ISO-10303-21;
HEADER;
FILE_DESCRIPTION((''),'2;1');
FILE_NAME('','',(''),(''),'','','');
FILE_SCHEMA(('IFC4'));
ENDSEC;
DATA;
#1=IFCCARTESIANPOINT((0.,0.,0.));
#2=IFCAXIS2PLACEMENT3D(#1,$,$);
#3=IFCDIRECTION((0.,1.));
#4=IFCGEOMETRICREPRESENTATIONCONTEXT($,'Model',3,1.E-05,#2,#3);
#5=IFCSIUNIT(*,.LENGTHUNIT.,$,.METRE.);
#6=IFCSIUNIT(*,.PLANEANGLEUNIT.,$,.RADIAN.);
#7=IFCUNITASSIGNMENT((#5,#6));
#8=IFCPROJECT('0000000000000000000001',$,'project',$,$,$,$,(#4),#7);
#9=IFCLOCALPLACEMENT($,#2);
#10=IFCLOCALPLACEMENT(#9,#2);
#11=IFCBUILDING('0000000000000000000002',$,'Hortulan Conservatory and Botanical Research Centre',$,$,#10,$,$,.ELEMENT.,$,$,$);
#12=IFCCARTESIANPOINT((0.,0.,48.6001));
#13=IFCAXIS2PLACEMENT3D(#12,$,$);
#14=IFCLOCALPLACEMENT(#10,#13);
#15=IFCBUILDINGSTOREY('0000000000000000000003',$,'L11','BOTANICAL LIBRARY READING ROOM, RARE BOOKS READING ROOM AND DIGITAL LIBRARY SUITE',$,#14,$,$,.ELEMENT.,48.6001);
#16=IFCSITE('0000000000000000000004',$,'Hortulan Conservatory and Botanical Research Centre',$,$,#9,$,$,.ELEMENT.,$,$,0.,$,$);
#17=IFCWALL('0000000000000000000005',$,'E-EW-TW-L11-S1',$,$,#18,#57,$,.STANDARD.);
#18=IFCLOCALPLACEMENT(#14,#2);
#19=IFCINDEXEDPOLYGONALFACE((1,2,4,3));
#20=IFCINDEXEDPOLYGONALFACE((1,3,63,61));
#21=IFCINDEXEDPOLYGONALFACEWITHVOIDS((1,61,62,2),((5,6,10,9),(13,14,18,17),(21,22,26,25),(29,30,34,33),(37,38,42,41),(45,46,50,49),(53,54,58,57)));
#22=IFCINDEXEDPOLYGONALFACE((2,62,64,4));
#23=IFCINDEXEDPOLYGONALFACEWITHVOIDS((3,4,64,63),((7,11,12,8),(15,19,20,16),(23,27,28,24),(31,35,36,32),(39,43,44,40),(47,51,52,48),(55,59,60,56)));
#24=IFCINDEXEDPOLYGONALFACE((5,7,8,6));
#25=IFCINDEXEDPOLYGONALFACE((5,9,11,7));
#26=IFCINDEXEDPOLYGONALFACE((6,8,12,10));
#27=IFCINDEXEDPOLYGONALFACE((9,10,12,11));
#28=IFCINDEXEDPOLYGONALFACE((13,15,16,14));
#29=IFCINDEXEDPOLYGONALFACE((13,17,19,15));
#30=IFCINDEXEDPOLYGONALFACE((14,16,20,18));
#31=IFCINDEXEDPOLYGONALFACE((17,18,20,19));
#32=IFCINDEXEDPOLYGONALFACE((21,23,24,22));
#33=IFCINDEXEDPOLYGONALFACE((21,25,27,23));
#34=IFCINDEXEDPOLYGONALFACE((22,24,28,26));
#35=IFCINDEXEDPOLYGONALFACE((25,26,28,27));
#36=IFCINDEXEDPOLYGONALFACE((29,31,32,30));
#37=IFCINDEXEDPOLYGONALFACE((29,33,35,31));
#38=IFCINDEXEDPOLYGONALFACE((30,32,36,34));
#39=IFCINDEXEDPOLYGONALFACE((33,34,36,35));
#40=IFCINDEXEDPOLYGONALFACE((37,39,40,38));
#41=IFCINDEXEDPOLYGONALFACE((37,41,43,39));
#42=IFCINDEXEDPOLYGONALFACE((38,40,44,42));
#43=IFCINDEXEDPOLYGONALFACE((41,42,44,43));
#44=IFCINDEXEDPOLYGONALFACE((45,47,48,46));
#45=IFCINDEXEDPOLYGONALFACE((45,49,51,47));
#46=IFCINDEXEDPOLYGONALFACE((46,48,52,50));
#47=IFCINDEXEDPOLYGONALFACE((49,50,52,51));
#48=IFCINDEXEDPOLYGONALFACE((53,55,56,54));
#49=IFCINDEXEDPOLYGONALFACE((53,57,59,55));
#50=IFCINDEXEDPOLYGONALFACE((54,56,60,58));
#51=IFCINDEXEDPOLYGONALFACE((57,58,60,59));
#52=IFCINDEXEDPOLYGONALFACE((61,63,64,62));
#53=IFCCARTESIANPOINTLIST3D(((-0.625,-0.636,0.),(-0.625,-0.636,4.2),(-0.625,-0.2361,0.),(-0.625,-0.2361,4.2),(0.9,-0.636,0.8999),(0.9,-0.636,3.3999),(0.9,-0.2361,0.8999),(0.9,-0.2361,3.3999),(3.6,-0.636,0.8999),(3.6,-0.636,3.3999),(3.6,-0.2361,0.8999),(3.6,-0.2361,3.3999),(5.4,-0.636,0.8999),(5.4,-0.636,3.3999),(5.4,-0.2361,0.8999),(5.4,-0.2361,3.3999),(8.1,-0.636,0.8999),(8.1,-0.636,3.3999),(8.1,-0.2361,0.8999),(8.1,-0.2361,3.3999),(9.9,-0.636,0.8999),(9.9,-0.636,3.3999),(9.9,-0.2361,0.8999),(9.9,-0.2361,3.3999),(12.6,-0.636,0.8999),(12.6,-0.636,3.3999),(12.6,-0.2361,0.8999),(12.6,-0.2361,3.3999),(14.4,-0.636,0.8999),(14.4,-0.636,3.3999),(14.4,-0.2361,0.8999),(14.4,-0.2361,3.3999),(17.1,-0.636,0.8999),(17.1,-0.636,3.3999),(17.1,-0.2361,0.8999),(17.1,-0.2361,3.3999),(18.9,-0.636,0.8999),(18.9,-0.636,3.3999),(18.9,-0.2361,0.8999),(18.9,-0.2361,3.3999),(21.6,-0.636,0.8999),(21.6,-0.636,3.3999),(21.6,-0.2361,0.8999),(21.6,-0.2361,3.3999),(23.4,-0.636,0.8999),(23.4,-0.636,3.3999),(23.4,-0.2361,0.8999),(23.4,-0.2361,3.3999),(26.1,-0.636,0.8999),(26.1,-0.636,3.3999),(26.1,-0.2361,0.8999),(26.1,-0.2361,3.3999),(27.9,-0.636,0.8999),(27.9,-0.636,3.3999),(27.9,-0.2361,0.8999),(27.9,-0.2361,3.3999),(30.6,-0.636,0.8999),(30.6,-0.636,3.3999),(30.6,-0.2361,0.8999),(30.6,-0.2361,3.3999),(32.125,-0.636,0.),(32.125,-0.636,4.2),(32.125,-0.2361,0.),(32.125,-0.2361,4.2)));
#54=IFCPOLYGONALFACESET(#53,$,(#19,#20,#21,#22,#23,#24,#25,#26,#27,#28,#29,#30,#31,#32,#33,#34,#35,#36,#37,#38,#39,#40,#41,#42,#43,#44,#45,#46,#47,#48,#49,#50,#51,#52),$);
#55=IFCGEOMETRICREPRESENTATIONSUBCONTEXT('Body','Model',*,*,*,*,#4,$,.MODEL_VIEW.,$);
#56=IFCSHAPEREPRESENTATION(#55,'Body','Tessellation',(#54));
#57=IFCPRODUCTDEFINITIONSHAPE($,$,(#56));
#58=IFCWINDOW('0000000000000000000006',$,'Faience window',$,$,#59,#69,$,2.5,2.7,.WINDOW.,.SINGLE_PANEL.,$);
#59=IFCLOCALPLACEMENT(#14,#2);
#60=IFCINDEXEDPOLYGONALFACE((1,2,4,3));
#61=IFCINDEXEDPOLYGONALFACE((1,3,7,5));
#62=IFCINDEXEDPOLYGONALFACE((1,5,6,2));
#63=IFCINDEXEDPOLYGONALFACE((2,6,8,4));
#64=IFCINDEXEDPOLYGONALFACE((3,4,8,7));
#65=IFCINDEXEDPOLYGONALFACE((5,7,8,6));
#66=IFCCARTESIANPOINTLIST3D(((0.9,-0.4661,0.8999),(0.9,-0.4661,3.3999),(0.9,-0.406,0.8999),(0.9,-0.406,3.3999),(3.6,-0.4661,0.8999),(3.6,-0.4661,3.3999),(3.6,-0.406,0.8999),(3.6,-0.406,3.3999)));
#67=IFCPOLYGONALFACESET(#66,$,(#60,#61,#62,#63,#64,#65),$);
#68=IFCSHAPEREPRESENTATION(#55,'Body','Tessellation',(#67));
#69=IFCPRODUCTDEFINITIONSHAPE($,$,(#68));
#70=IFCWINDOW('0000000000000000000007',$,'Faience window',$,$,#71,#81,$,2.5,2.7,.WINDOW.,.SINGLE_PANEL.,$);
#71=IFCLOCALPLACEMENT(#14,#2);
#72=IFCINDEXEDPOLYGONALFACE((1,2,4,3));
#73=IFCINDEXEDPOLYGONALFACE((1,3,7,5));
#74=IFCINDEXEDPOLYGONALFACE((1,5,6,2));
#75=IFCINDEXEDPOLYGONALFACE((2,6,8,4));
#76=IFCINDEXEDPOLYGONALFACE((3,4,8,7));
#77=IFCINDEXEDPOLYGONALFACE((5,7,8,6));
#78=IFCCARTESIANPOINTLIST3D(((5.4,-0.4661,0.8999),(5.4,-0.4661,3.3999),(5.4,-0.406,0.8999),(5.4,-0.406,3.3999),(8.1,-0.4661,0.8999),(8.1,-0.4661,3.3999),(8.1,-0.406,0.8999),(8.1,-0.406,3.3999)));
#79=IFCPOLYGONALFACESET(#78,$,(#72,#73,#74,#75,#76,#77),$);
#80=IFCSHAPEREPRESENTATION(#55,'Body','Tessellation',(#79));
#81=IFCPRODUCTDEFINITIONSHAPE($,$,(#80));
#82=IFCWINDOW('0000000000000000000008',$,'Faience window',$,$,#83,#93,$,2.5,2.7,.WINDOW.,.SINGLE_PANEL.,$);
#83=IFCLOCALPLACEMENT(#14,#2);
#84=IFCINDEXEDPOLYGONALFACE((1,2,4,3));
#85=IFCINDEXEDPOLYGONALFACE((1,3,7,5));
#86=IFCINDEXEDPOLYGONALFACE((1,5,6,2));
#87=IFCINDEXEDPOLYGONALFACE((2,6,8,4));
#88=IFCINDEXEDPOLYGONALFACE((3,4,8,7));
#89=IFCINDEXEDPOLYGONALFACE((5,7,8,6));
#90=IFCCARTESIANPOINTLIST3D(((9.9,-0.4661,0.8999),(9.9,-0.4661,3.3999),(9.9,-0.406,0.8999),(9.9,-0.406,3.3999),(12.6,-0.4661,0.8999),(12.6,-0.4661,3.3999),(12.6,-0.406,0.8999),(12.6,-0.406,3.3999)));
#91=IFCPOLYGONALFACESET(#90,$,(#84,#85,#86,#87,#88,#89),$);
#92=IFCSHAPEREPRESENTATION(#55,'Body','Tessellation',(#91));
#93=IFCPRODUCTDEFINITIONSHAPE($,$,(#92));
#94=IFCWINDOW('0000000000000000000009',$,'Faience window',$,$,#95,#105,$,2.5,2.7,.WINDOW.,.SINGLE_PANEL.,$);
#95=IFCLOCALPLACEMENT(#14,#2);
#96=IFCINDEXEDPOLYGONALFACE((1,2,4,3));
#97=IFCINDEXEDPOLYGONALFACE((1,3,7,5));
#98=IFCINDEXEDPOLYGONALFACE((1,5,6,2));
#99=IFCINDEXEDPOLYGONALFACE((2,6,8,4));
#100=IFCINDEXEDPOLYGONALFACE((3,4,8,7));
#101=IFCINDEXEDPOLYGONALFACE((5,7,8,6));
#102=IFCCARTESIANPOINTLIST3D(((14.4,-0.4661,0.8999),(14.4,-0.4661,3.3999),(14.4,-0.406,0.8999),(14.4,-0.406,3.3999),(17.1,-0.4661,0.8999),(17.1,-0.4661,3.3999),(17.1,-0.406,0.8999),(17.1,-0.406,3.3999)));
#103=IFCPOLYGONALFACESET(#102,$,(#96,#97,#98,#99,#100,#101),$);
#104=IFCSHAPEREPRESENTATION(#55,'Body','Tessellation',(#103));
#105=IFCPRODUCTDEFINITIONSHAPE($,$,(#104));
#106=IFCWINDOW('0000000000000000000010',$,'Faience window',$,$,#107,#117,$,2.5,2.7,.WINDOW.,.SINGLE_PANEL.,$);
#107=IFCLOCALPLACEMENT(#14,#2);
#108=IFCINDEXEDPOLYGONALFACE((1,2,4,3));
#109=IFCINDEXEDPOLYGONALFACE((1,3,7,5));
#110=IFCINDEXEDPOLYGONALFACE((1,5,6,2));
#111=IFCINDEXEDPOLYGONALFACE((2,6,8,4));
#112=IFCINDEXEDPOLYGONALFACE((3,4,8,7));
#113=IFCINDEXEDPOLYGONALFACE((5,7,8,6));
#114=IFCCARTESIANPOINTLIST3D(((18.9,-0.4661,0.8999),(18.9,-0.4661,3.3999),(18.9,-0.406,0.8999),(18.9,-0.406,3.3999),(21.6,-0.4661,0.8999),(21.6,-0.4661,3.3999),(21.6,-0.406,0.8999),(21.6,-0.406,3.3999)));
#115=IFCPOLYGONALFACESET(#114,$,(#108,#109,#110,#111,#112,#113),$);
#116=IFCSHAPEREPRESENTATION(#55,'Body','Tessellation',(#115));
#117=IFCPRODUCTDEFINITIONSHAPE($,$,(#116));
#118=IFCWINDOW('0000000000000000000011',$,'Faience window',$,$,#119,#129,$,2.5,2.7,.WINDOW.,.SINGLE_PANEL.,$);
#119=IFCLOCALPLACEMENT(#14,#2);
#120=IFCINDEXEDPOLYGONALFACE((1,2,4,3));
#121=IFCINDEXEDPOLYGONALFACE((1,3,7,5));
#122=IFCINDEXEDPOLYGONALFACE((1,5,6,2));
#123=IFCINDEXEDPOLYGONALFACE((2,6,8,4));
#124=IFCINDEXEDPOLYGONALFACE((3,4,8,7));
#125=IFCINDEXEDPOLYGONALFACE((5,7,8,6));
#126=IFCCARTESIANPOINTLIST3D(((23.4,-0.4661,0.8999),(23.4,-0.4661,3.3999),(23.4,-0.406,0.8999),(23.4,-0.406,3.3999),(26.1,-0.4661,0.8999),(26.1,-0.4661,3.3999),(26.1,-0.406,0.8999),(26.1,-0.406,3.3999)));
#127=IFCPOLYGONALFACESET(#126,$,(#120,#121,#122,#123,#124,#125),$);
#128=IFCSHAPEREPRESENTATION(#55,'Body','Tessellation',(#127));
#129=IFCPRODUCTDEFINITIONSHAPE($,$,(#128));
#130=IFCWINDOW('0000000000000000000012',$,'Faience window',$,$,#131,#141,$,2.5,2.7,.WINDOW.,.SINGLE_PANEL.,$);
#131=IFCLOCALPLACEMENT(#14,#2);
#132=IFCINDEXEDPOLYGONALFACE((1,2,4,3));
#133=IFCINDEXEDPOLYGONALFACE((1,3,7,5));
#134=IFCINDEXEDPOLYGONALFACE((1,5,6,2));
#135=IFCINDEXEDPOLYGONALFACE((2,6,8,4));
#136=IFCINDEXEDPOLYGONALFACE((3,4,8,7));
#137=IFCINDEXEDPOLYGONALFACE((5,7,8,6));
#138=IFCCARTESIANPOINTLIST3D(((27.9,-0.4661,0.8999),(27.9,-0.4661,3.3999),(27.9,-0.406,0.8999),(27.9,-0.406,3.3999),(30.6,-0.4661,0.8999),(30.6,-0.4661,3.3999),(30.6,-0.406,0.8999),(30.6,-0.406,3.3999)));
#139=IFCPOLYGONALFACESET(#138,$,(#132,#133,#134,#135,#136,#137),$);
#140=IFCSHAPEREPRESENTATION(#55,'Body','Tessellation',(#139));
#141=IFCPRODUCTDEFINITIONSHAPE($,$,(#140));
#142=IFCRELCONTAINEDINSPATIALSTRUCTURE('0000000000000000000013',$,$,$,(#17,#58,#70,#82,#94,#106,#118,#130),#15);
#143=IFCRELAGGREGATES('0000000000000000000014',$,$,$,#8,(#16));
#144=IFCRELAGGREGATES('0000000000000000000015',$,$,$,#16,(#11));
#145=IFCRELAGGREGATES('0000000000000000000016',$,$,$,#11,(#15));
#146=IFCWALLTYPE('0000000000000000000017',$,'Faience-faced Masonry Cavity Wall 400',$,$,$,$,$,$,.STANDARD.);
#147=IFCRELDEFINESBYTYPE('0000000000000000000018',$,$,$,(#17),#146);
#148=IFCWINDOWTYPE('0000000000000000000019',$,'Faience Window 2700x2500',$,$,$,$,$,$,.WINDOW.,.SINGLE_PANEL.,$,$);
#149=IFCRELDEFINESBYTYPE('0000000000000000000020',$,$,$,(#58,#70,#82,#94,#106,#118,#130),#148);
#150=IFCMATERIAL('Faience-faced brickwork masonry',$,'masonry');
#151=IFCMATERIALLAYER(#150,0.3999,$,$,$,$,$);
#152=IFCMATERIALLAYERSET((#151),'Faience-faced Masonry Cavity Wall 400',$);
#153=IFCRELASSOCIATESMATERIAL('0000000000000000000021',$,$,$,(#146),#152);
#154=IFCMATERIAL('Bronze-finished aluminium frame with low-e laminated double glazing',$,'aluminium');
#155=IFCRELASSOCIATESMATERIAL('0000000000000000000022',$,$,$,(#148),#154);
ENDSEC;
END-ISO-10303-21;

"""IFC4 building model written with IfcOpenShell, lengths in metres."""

from ifc_helpers import new_model, si_unit, direction, frame, frame_2d, origin, place, context, subcontext, project, spatial, rectangle, extrude, material, layer, layer_set, type_object, element, fill, save


model = new_model("IFC4")

# Units and contexts
model_context = context("Model", 3, precision=1e-05, world=origin(), true_north=direction((0.0, 1.0)))
body_context = subcontext(model_context, "Body", "Model", "MODEL_VIEW")
ifc_project = project(units=[si_unit("LENGTHUNIT", "METRE"), si_unit("PLANEANGLEUNIT", "RADIAN")], contexts=[model_context])

# Site, building, storey
site_placement = place(None, origin())
site = spatial("IfcSite", under=ifc_project, at=site_placement, Name="Hortulan Conservatory and Botanical Research Centre", CompositionType="ELEMENT", RefElevation=0.0)
building_placement = place(site_placement, origin())
building = spatial("IfcBuilding", under=site, at=building_placement, Name="Hortulan Conservatory and Botanical Research Centre", CompositionType="ELEMENT")
storey_placement = place(building_placement, frame((0.0, 0.0, 48.6001)))
storey = spatial("IfcBuildingStorey", under=building, at=storey_placement, Name="L11", Description="BOTANICAL LIBRARY READING ROOM, RARE BOOKS READING ROOM AND DIGITAL LIBRARY SUITE", CompositionType="ELEMENT", Elevation=48.6001)

# Wall, openings, windows
ifc_material_1 = material(Name="Faience-faced brickwork masonry", Category="masonry")
ifc_layer_1 = layer(ifc_material_1, 0.3999)
ifc_layer_set_1 = layer_set([ifc_layer_1], Name="Faience-faced Masonry Cavity Wall 400")
wall_type_1 = type_object("IfcWallType", Name="Faience-faced Masonry Cavity Wall 400", PredefinedType="STANDARD", material=ifc_layer_set_1)
wall_1_placement = place(storey_placement, frame((32.125, -0.436, 0.0), z_axis=(0.0, 0.0, 1.0), x_axis=(-1.0, 0.0, 0.0)))
wall_1 = element("IfcWall", 1, at=wall_1_placement, inside=storey, type_object=wall_type_1, Name="E-EW-TW-L11-S1", PredefinedType="STANDARD", context=body_context, shape_type="SweptSolid", body=[
    extrude(rectangle(XDim=32.75, YDim=0.3999, at=frame_2d((16.375, 0.0))), origin(), (0.0, 0.0, 1.0), 4.2),
])
opening_1_placement = place(wall_1_placement, frame((28.5249, 0.0, 0.8999)))
opening_1 = element("IfcOpeningElement", 2, at=opening_1_placement, cuts=wall_1, PredefinedType="OPENING", context=body_context, shape_type="SweptSolid", body=[
    extrude(rectangle(XDim=2.7, YDim=2.5, at=frame_2d((1.3501, 1.25))), frame((0.0, 0.21, 0.0), z_axis=(0.0, -1.0, 0.0), x_axis=(1.0, 0.0, 0.0)), (0.0, 0.0, 1.0), 0.4199),
])
opening_2_placement = place(wall_1_placement, frame((24.0249, 0.0, 0.8999)))
opening_2 = element("IfcOpeningElement", 3, at=opening_2_placement, cuts=wall_1, PredefinedType="OPENING", context=body_context, shape_type="SweptSolid", body=[
    extrude(rectangle(XDim=2.7, YDim=2.5, at=frame_2d((1.3501, 1.25))), frame((0.0, 0.21, 0.0), z_axis=(0.0, -1.0, 0.0), x_axis=(1.0, 0.0, 0.0)), (0.0, 0.0, 1.0), 0.4199),
])
opening_3_placement = place(wall_1_placement, frame((19.5249, 0.0, 0.8999)))
opening_3 = element("IfcOpeningElement", 4, at=opening_3_placement, cuts=wall_1, PredefinedType="OPENING", context=body_context, shape_type="SweptSolid", body=[
    extrude(rectangle(XDim=2.7, YDim=2.5, at=frame_2d((1.3501, 1.25))), frame((0.0, 0.21, 0.0), z_axis=(0.0, -1.0, 0.0), x_axis=(1.0, 0.0, 0.0)), (0.0, 0.0, 1.0), 0.4199),
])
opening_4_placement = place(wall_1_placement, frame((15.0249, 0.0, 0.8999)))
opening_4 = element("IfcOpeningElement", 5, at=opening_4_placement, cuts=wall_1, PredefinedType="OPENING", context=body_context, shape_type="SweptSolid", body=[
    extrude(rectangle(XDim=2.7, YDim=2.5, at=frame_2d((1.3501, 1.25))), frame((0.0, 0.21, 0.0), z_axis=(0.0, -1.0, 0.0), x_axis=(1.0, 0.0, 0.0)), (0.0, 0.0, 1.0), 0.4199),
])
opening_5_placement = place(wall_1_placement, frame((10.5249, 0.0, 0.8999)))
opening_5 = element("IfcOpeningElement", 6, at=opening_5_placement, cuts=wall_1, PredefinedType="OPENING", context=body_context, shape_type="SweptSolid", body=[
    extrude(rectangle(XDim=2.7, YDim=2.5, at=frame_2d((1.3501, 1.25))), frame((0.0, 0.21, 0.0), z_axis=(0.0, -1.0, 0.0), x_axis=(1.0, 0.0, 0.0)), (0.0, 0.0, 1.0), 0.4199),
])
opening_6_placement = place(wall_1_placement, frame((6.0249, 0.0, 0.8999)))
opening_6 = element("IfcOpeningElement", 7, at=opening_6_placement, cuts=wall_1, PredefinedType="OPENING", context=body_context, shape_type="SweptSolid", body=[
    extrude(rectangle(XDim=2.7, YDim=2.5, at=frame_2d((1.3501, 1.25))), frame((0.0, 0.21, 0.0), z_axis=(0.0, -1.0, 0.0), x_axis=(1.0, 0.0, 0.0)), (0.0, 0.0, 1.0), 0.4199),
])
opening_7_placement = place(wall_1_placement, frame((1.5249, 0.0, 0.8999)))
opening_7 = element("IfcOpeningElement", 8, at=opening_7_placement, cuts=wall_1, PredefinedType="OPENING", context=body_context, shape_type="SweptSolid", body=[
    extrude(rectangle(XDim=2.7, YDim=2.5, at=frame_2d((1.3501, 1.25))), frame((0.0, 0.21, 0.0), z_axis=(0.0, -1.0, 0.0), x_axis=(1.0, 0.0, 0.0)), (0.0, 0.0, 1.0), 0.4199),
])
ifc_material_2 = material(Name="Bronze-finished aluminium frame with low-e laminated double glazing", Category="aluminium")
window_type = type_object("IfcWindowType", Name="Faience Window 2700x2500", PartitioningType="SINGLE_PANEL", PredefinedType="WINDOW", material=ifc_material_2)
window_1_placement = place(opening_1_placement, origin())
window_1 = element("IfcWindow", 9, at=window_1_placement, inside=storey, type_object=window_type, Name="Faience window", OverallHeight=2.5, OverallWidth=2.7, PartitioningType="SINGLE_PANEL", PredefinedType="WINDOW", context=body_context, shape_type="SweptSolid", body=[
    extrude(rectangle(XDim=2.7, YDim=2.5, at=frame_2d((1.3501, 1.25))), frame((0.0, 0.03, 0.0), z_axis=(0.0, -1.0, 0.0), x_axis=(1.0, 0.0, 0.0)), (0.0, 0.0, 1.0), 0.0601),
])
fill(opening_1, window_1)
window_2_placement = place(opening_2_placement, origin())
window_2 = element("IfcWindow", 10, at=window_2_placement, inside=storey, type_object=window_type, Name="Faience window", OverallHeight=2.5, OverallWidth=2.7, PartitioningType="SINGLE_PANEL", PredefinedType="WINDOW", context=body_context, shape_type="SweptSolid", body=[
    extrude(rectangle(XDim=2.7, YDim=2.5, at=frame_2d((1.3501, 1.25))), frame((0.0, 0.03, 0.0), z_axis=(0.0, -1.0, 0.0), x_axis=(1.0, 0.0, 0.0)), (0.0, 0.0, 1.0), 0.0601),
])
fill(opening_2, window_2)
window_3_placement = place(opening_3_placement, origin())
window_3 = element("IfcWindow", 11, at=window_3_placement, inside=storey, type_object=window_type, Name="Faience window", OverallHeight=2.5, OverallWidth=2.7, PartitioningType="SINGLE_PANEL", PredefinedType="WINDOW", context=body_context, shape_type="SweptSolid", body=[
    extrude(rectangle(XDim=2.7, YDim=2.5, at=frame_2d((1.3501, 1.25))), frame((0.0, 0.03, 0.0), z_axis=(0.0, -1.0, 0.0), x_axis=(1.0, 0.0, 0.0)), (0.0, 0.0, 1.0), 0.0601),
])
fill(opening_3, window_3)
window_4_placement = place(opening_4_placement, origin())
window_4 = element("IfcWindow", 12, at=window_4_placement, inside=storey, type_object=window_type, Name="Faience window", OverallHeight=2.5, OverallWidth=2.7, PartitioningType="SINGLE_PANEL", PredefinedType="WINDOW", context=body_context, shape_type="SweptSolid", body=[
    extrude(rectangle(XDim=2.7, YDim=2.5, at=frame_2d((1.3501, 1.25))), frame((0.0, 0.03, 0.0), z_axis=(0.0, -1.0, 0.0), x_axis=(1.0, 0.0, 0.0)), (0.0, 0.0, 1.0), 0.0601),
])
fill(opening_4, window_4)
window_5_placement = place(opening_5_placement, origin())
window_5 = element("IfcWindow", 13, at=window_5_placement, inside=storey, type_object=window_type, Name="Faience window", OverallHeight=2.5, OverallWidth=2.7, PartitioningType="SINGLE_PANEL", PredefinedType="WINDOW", context=body_context, shape_type="SweptSolid", body=[
    extrude(rectangle(XDim=2.7, YDim=2.5, at=frame_2d((1.3501, 1.25))), frame((0.0, 0.03, 0.0), z_axis=(0.0, -1.0, 0.0), x_axis=(1.0, 0.0, 0.0)), (0.0, 0.0, 1.0), 0.0601),
])
fill(opening_5, window_5)
window_6_placement = place(opening_6_placement, origin())
window_6 = element("IfcWindow", 14, at=window_6_placement, inside=storey, type_object=window_type, Name="Faience window", OverallHeight=2.5, OverallWidth=2.7, PartitioningType="SINGLE_PANEL", PredefinedType="WINDOW", context=body_context, shape_type="SweptSolid", body=[
    extrude(rectangle(XDim=2.7, YDim=2.5, at=frame_2d((1.3501, 1.25))), frame((0.0, 0.03, 0.0), z_axis=(0.0, -1.0, 0.0), x_axis=(1.0, 0.0, 0.0)), (0.0, 0.0, 1.0), 0.0601),
])
fill(opening_6, window_6)
window_7_placement = place(opening_7_placement, origin())
window_7 = element("IfcWindow", 15, at=window_7_placement, inside=storey, type_object=window_type, Name="Faience window", OverallHeight=2.5, OverallWidth=2.7, PartitioningType="SINGLE_PANEL", PredefinedType="WINDOW", context=body_context, shape_type="SweptSolid", body=[
    extrude(rectangle(XDim=2.7, YDim=2.5, at=frame_2d((1.3501, 1.25))), frame((0.0, 0.03, 0.0), z_axis=(0.0, -1.0, 0.0), x_axis=(1.0, 0.0, 0.0)), (0.0, 0.0, 1.0), 0.0601),
])
fill(opening_7, window_7)

save(model, "model.ifc")
